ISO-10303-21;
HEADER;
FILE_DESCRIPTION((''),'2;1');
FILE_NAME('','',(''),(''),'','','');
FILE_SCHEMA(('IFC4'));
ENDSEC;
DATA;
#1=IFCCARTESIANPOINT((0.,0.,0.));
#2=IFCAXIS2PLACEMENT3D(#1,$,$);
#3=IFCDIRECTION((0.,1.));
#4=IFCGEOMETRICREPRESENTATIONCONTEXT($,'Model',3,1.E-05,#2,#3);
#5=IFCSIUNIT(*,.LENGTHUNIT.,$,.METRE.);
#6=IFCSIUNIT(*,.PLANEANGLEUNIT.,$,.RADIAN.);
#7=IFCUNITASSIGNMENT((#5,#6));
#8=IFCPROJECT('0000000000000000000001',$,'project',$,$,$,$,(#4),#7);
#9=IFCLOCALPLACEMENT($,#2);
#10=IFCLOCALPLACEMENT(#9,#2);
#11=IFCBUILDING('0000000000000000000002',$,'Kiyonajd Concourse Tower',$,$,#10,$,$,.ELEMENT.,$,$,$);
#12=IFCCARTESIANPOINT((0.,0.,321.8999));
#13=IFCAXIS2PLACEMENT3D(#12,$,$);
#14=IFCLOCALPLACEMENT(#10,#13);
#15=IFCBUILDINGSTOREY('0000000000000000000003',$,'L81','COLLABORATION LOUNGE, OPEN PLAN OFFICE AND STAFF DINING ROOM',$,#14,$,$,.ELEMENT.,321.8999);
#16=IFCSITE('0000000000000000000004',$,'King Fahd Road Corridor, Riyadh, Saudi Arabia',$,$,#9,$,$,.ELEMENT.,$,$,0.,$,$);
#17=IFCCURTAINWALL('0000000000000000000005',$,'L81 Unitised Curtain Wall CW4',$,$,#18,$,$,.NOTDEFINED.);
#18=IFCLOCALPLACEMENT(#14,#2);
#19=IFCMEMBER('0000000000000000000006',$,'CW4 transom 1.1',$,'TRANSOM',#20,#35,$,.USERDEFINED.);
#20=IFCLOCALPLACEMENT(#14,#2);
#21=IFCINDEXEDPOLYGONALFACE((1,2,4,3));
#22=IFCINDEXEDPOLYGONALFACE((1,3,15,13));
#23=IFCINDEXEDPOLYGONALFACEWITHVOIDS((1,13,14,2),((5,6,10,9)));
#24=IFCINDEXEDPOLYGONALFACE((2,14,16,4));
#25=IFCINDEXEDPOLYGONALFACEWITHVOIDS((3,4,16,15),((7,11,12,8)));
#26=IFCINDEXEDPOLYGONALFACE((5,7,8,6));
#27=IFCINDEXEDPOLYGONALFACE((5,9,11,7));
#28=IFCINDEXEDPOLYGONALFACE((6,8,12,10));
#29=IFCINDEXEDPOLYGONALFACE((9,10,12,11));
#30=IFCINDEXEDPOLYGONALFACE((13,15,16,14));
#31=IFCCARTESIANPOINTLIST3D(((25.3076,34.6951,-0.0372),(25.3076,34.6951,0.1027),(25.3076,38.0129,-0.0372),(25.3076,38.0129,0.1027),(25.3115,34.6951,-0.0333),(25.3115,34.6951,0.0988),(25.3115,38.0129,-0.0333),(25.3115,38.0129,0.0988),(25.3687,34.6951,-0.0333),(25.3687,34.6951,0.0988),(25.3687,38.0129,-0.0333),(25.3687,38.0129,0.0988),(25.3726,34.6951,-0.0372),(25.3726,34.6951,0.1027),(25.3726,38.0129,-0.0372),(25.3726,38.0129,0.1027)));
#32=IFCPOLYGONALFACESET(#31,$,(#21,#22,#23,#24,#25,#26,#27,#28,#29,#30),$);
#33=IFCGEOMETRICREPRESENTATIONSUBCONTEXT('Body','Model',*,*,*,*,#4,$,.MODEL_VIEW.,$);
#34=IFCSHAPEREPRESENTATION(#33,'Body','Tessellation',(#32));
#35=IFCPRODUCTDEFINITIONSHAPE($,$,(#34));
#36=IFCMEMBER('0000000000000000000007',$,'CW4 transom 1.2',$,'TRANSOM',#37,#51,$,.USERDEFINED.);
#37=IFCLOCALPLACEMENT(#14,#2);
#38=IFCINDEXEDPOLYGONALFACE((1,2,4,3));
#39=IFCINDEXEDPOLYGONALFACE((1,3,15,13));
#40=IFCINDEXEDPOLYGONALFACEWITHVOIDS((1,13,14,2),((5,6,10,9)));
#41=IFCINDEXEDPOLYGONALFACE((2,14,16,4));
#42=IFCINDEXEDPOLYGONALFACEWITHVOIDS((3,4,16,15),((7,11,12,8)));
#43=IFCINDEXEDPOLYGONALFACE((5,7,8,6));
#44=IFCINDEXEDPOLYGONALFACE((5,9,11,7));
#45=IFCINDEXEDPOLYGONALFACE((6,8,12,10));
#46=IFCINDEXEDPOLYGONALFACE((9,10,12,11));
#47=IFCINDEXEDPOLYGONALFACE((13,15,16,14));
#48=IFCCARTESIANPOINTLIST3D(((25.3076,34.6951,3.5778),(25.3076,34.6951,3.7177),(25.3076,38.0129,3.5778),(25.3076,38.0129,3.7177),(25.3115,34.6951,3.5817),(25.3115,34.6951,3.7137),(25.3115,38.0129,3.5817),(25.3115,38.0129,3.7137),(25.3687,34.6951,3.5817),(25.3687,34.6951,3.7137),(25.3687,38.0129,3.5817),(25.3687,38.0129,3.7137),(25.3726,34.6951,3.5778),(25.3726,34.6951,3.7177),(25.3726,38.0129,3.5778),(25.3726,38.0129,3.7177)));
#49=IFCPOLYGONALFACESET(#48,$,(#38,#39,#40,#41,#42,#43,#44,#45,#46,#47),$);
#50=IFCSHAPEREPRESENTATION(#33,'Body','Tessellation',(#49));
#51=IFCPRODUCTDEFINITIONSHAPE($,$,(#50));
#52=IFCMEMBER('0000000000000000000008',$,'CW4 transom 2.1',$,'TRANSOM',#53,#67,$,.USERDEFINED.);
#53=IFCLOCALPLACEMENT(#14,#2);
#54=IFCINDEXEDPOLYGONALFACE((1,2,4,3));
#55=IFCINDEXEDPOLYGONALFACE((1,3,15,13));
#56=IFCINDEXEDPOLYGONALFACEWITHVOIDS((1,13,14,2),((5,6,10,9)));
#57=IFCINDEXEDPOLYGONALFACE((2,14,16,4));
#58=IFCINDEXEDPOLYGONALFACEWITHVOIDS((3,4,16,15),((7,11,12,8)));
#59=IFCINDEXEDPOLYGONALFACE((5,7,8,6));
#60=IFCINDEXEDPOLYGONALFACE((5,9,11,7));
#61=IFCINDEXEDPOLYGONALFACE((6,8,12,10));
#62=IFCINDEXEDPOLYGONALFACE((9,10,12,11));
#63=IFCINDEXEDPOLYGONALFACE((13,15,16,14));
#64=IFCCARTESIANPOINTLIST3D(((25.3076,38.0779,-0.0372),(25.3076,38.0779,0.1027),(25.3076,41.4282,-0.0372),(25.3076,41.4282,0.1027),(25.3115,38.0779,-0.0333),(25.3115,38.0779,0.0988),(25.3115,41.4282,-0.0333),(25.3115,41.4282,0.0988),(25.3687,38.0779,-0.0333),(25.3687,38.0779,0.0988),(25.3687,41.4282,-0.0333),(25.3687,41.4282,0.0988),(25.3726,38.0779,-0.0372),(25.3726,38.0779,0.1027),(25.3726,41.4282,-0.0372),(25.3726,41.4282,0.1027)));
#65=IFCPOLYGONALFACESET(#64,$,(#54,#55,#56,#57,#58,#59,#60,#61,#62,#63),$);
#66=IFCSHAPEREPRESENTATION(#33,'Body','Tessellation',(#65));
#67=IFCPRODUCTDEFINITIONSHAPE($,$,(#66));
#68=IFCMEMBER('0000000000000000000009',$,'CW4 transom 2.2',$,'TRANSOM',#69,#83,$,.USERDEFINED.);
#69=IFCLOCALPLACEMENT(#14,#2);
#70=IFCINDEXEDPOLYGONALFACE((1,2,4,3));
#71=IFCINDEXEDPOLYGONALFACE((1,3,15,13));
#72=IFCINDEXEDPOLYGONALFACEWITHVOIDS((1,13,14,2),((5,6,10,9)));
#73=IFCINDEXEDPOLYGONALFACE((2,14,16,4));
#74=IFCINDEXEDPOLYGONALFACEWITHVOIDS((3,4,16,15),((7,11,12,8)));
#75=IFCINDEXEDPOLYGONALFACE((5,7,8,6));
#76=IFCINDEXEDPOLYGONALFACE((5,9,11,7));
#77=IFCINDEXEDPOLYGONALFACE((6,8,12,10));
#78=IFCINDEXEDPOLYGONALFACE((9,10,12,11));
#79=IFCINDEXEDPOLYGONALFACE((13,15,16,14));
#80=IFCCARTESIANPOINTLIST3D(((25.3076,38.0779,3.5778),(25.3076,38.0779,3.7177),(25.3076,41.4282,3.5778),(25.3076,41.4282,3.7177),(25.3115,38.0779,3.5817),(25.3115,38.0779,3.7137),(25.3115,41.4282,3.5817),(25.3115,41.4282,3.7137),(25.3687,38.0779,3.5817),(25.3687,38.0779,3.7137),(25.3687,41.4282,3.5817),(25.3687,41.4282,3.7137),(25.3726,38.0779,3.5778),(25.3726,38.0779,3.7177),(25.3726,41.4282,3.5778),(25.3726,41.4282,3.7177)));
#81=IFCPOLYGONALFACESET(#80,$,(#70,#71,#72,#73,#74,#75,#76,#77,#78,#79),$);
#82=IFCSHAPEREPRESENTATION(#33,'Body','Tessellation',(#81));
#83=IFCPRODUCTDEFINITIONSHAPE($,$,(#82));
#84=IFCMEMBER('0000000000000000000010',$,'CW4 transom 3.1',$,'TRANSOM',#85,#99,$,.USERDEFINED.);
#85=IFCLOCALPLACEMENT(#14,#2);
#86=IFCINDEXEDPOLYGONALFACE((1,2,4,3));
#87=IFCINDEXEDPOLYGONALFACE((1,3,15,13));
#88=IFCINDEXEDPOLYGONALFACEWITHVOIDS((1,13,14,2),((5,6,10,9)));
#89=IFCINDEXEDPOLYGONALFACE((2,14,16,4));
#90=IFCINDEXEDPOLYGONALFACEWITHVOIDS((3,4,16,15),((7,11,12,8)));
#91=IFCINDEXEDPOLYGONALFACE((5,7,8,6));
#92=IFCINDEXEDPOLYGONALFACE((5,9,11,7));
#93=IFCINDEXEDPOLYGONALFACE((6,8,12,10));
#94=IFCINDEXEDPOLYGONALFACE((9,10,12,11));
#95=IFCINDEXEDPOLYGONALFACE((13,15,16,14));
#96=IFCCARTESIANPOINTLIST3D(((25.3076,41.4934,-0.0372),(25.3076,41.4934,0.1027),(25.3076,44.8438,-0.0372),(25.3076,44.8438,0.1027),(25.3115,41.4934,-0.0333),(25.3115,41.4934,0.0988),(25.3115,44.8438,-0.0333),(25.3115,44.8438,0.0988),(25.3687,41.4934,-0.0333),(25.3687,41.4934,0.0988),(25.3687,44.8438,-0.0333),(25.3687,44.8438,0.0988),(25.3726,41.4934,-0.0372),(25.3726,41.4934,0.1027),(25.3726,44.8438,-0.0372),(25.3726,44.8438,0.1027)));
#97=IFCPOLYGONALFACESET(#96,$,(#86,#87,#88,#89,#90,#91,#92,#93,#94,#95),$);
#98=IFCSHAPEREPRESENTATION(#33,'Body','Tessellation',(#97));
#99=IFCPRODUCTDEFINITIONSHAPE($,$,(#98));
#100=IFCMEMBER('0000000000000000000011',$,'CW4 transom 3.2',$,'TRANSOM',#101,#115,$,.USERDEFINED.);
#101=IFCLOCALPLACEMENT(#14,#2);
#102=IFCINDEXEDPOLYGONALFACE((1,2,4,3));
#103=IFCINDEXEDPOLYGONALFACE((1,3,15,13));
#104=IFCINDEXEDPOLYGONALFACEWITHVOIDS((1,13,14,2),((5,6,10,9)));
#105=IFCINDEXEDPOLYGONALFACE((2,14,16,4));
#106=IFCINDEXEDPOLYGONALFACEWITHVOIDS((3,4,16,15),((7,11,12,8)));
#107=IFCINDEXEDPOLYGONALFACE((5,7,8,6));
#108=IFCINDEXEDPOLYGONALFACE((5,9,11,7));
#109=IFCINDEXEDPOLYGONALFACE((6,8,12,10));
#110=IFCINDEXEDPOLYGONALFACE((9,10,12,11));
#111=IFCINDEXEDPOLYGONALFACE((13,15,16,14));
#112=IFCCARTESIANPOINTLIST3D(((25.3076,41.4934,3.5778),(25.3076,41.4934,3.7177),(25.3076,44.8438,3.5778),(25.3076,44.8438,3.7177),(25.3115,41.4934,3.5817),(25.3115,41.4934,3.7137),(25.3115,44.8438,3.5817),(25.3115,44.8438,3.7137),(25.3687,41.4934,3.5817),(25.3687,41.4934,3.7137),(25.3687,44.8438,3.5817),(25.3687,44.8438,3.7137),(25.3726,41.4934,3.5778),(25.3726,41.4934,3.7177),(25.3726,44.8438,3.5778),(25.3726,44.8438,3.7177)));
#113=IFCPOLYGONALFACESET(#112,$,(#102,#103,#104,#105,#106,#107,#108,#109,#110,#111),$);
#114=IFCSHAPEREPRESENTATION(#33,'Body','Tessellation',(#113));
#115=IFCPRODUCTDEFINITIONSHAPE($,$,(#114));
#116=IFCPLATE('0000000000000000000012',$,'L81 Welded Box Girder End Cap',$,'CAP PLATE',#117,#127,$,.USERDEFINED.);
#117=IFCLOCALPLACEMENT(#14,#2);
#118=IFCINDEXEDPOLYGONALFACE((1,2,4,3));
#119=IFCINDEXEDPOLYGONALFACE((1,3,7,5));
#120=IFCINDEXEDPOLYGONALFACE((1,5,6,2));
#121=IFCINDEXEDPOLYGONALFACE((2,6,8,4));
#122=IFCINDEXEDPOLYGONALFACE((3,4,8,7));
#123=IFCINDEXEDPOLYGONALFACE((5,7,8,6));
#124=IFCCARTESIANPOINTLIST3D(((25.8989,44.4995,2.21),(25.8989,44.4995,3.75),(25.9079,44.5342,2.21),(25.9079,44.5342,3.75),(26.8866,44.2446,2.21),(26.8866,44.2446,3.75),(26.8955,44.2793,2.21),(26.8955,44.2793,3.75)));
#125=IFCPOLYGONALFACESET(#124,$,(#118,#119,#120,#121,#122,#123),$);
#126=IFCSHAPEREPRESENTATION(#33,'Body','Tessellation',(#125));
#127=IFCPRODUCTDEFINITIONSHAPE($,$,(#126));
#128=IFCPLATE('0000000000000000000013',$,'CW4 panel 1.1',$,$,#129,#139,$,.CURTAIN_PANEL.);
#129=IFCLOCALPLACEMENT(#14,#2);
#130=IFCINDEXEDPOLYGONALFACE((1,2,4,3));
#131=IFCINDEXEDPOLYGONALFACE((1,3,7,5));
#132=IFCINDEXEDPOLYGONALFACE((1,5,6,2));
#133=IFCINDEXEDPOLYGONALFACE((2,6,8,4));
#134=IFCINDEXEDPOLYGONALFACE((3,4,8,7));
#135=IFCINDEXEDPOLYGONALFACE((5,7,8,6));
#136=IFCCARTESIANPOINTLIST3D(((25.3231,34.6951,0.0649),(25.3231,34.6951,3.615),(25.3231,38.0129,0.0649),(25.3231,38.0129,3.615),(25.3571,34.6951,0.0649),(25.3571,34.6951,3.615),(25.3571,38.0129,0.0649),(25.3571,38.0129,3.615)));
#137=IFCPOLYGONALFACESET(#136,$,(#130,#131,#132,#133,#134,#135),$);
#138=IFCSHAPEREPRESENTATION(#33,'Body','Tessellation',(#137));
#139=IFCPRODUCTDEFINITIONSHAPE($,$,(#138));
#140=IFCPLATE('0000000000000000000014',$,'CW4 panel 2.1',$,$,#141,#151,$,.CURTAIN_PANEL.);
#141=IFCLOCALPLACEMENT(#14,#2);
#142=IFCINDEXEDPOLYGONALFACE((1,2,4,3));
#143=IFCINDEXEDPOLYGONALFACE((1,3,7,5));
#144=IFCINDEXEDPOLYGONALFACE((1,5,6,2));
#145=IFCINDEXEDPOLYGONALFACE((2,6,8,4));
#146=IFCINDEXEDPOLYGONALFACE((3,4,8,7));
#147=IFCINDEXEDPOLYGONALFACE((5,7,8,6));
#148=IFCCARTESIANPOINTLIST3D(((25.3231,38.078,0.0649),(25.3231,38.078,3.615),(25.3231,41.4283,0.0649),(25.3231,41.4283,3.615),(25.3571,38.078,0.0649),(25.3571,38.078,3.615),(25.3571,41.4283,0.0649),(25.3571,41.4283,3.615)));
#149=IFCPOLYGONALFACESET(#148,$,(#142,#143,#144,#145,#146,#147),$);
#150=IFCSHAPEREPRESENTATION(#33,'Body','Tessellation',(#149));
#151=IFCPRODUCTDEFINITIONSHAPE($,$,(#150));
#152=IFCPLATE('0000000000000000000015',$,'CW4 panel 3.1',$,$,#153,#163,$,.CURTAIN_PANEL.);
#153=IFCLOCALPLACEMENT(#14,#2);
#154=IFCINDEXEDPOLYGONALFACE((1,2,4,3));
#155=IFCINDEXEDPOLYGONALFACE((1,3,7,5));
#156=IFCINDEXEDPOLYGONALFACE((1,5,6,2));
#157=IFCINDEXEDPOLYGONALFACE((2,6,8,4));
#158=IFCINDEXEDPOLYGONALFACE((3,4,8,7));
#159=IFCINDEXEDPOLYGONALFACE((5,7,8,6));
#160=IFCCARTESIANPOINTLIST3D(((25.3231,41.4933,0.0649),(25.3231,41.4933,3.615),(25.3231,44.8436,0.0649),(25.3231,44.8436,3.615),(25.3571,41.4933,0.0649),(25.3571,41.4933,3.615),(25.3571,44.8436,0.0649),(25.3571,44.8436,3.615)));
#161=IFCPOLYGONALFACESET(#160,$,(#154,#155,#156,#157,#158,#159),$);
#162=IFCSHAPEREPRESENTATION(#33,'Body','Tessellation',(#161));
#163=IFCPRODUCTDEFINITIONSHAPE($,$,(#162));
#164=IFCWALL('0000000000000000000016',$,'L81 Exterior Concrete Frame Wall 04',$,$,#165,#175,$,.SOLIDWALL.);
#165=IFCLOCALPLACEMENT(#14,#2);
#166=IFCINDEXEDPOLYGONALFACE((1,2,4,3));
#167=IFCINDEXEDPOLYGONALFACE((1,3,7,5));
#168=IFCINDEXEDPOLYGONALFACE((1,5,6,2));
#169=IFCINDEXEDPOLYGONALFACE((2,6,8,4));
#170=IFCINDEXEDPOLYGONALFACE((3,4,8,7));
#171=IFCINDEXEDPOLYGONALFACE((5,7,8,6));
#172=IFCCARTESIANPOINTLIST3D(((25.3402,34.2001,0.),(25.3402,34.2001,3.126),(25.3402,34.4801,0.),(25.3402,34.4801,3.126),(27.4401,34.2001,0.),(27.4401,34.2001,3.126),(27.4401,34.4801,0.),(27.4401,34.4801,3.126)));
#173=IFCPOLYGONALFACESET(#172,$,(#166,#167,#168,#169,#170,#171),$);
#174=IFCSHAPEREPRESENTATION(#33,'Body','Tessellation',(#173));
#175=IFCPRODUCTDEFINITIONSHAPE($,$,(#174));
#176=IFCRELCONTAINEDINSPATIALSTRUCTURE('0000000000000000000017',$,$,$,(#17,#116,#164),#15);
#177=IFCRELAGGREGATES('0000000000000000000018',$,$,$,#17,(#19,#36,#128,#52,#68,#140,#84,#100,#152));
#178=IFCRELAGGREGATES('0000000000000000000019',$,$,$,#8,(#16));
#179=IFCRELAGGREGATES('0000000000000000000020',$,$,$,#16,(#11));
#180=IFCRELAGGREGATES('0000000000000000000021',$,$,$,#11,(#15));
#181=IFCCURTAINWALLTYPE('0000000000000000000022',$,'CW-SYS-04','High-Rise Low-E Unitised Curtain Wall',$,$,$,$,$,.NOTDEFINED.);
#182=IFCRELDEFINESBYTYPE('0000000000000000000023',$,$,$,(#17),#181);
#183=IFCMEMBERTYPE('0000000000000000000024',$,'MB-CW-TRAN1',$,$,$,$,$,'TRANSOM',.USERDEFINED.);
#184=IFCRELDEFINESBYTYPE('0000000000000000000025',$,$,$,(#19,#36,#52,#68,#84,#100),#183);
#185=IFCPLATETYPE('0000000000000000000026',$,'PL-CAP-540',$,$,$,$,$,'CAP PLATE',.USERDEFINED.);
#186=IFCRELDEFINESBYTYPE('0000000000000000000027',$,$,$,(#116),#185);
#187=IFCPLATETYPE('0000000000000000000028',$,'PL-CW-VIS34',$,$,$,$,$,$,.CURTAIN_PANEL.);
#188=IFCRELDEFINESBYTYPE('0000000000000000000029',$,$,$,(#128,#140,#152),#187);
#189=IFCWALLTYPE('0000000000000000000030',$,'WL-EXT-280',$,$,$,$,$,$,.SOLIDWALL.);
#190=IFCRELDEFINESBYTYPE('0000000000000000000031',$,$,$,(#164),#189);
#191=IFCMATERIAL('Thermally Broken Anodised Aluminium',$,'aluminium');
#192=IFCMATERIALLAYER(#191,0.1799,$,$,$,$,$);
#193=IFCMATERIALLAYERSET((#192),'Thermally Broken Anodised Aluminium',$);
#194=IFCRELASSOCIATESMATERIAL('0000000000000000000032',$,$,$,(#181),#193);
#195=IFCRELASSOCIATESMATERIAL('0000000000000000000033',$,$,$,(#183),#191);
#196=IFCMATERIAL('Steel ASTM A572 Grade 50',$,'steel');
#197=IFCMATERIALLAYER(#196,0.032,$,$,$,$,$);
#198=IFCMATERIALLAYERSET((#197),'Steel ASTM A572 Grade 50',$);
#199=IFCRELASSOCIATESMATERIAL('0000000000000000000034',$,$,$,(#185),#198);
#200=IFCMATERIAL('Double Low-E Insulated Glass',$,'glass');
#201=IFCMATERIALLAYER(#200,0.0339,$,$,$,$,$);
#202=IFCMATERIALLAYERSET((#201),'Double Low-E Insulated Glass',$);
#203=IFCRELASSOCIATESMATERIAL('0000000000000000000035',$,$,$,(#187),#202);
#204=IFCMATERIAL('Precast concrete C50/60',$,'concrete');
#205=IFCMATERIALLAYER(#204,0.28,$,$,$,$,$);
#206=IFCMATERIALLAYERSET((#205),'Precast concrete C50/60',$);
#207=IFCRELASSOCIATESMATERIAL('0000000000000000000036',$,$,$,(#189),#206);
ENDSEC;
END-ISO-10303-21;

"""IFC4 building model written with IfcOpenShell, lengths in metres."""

from ifc_helpers import new_model, si_unit, direction, frame, frame_2d, origin, origin_2d, place, context, subcontext, project, spatial, rectangle, hollow_rectangle, extrude, material, layer, layer_set, material_profile, profile_set, type_object, element, aggregate, save


model = new_model("IFC4")

# Units and contexts
model_context = context("Model", 3, precision=1e-05, world=origin(), true_north=direction((0.0, 1.0)))
body_context = subcontext(model_context, "Body", "Model", "MODEL_VIEW")
ifc_project = project(units=[si_unit("LENGTHUNIT", "METRE"), si_unit("PLANEANGLEUNIT", "RADIAN")], contexts=[model_context])

# Site, building, storey
site_placement = place(None, origin())
site = spatial("IfcSite", under=ifc_project, at=site_placement, Name="King Fahd Road Corridor, Riyadh, Saudi Arabia", CompositionType="ELEMENT", RefElevation=0.0)
building_placement = place(site_placement, origin())
building = spatial("IfcBuilding", under=site, at=building_placement, Name="Kiyonajd Concourse Tower", CompositionType="ELEMENT")
storey_placement = place(building_placement, frame((0.0, 0.0, 321.8999)))
storey = spatial("IfcBuildingStorey", under=building, at=storey_placement, Name="L81", Description="COLLABORATION LOUNGE, OPEN PLAN OFFICE AND STAFF DINING ROOM", CompositionType="ELEMENT", Elevation=321.8999)

# Curtain wall, members
ifc_material_1 = material(Name="Thermally Broken Anodised Aluminium", Category="aluminium")
ifc_layer_1 = layer(ifc_material_1, 0.1799)
ifc_layer_set_1 = layer_set([ifc_layer_1], Name="Thermally Broken Anodised Aluminium")
curtain_wall_type = type_object("IfcCurtainWallType", Name="CW-SYS-04", Description="High-Rise Low-E Unitised Curtain Wall", PredefinedType="NOTDEFINED", material=ifc_layer_set_1)
curtain_wall_placement = place(storey_placement, origin())
curtain_wall = element("IfcCurtainWall", 1, at=curtain_wall_placement, inside=storey, type_object=curtain_wall_type, Name="L81 Unitised Curtain Wall CW4", PredefinedType="NOTDEFINED")
ifc_material_profile_1 = material_profile(ifc_material_1, hollow_rectangle(XDim=0.0649, YDim=0.1399, WallThickness=0.0039, at=origin_2d()), Name="TRAN-65x140")
ifc_profile_set_1 = profile_set([ifc_material_profile_1], Name="Thermally Broken Anodised Aluminium")
member_type_1 = type_object("IfcMemberType", Name="MB-CW-TRAN1", ElementType="TRANSOM", PredefinedType="USERDEFINED", material=ifc_profile_set_1)
member_1_placement = place(storey_placement, frame((25.3401, 34.6951, 0.0327), z_axis=(0.0, 1.0, 0.0), x_axis=(-1.0, 0.0, 0.0)))
member_1 = element("IfcMember", 2, at=member_1_placement, type_object=member_type_1, Name="CW4 transom 1.1", ObjectType="TRANSOM", PredefinedType="USERDEFINED", context=body_context, shape_type="SweptSolid", body=[
    extrude(hollow_rectangle(XDim=0.0649, YDim=0.1399, WallThickness=0.0039, at=origin_2d()), origin(), (0.0, 0.0, 1.0), 3.3179),
])
member_2_placement = place(storey_placement, frame((25.3401, 34.6951, 3.6477), z_axis=(0.0, 1.0, 0.0), x_axis=(-1.0, 0.0, 0.0)))
member_2 = element("IfcMember", 3, at=member_2_placement, type_object=member_type_1, Name="CW4 transom 1.2", ObjectType="TRANSOM", PredefinedType="USERDEFINED", context=body_context, shape_type="SweptSolid", body=[
    extrude(hollow_rectangle(XDim=0.0649, YDim=0.1399, WallThickness=0.0039, at=origin_2d()), origin(), (0.0, 0.0, 1.0), 3.3179),
])
member_3_placement = place(storey_placement, frame((25.3401, 38.0779, 0.0327), z_axis=(0.0, 1.0, 0.0), x_axis=(-1.0, 0.0, 0.0)))
member_3 = element("IfcMember", 4, at=member_3_placement, type_object=member_type_1, Name="CW4 transom 2.1", ObjectType="TRANSOM", PredefinedType="USERDEFINED", context=body_context, shape_type="SweptSolid", body=[
    extrude(hollow_rectangle(XDim=0.0649, YDim=0.1399, WallThickness=0.0039, at=origin_2d()), origin(), (0.0, 0.0, 1.0), 3.3503),
])
member_4_placement = place(storey_placement, frame((25.3401, 38.0779, 3.6477), z_axis=(0.0, 1.0, 0.0), x_axis=(-1.0, 0.0, 0.0)))
member_4 = element("IfcMember", 5, at=member_4_placement, type_object=member_type_1, Name="CW4 transom 2.2", ObjectType="TRANSOM", PredefinedType="USERDEFINED", context=body_context, shape_type="SweptSolid", body=[
    extrude(hollow_rectangle(XDim=0.0649, YDim=0.1399, WallThickness=0.0039, at=origin_2d()), origin(), (0.0, 0.0, 1.0), 3.3503),
])
member_5_placement = place(storey_placement, frame((25.3401, 41.4934, 0.0327), z_axis=(0.0, 1.0, 0.0), x_axis=(-1.0, 0.0, 0.0)))
member_5 = element("IfcMember", 6, at=member_5_placement, type_object=member_type_1, Name="CW4 transom 3.1", ObjectType="TRANSOM", PredefinedType="USERDEFINED", context=body_context, shape_type="SweptSolid", body=[
    extrude(hollow_rectangle(XDim=0.0649, YDim=0.1399, WallThickness=0.0039, at=origin_2d()), origin(), (0.0, 0.0, 1.0), 3.3503),
])
member_6_placement = place(storey_placement, frame((25.3401, 41.4934, 3.6477), z_axis=(0.0, 1.0, 0.0), x_axis=(-1.0, 0.0, 0.0)))
member_6 = element("IfcMember", 7, at=member_6_placement, type_object=member_type_1, Name="CW4 transom 3.2", ObjectType="TRANSOM", PredefinedType="USERDEFINED", context=body_context, shape_type="SweptSolid", body=[
    extrude(hollow_rectangle(XDim=0.0649, YDim=0.1399, WallThickness=0.0039, at=origin_2d()), origin(), (0.0, 0.0, 1.0), 3.3503),
])

# Plates
ifc_material_2 = material(Name="Steel ASTM A572 Grade 50", Category="steel")
ifc_layer_2 = layer(ifc_material_2, 0.032)
ifc_layer_set_2 = layer_set([ifc_layer_2], Name="Steel ASTM A572 Grade 50")
plate_type_1 = type_object("IfcPlateType", Name="PL-CAP-540", ElementType="CAP PLATE", PredefinedType="USERDEFINED", material=ifc_layer_set_2)
plate_1_placement = place(storey_placement, frame((26.3972, 44.3894, 2.21), z_axis=(0.0, 0.0, 1.0), x_axis=(-0.249873, -0.968279, 0.0)))
element("IfcPlate", 8, at=plate_1_placement, inside=storey, type_object=plate_type_1, Name="L81 Welded Box Girder End Cap", ObjectType="CAP PLATE", PredefinedType="USERDEFINED", context=body_context, shape_type="SweptSolid", body=[
    extrude(rectangle(XDim=0.0359, YDim=1.02, at=origin_2d()), origin(), (0.0, 0.0, 1.0), 1.54),
])
ifc_material_3 = material(Name="Double Low-E Insulated Glass", Category="glass")
ifc_layer_3 = layer(ifc_material_3, 0.0339)
ifc_layer_set_3 = layer_set([ifc_layer_3], Name="Double Low-E Insulated Glass")
plate_type_2 = type_object("IfcPlateType", Name="PL-CW-VIS34", PredefinedType="CURTAIN_PANEL", material=ifc_layer_set_3)
plate_2_placement = place(storey_placement, frame((25.3401, 36.354, 0.0649), z_axis=(0.0, 0.0, 1.0), x_axis=(0.0, 1.0, 0.0)))
plate_2 = element("IfcPlate", 9, at=plate_2_placement, type_object=plate_type_2, Name="CW4 panel 1.1", PredefinedType="CURTAIN_PANEL", context=body_context, shape_type="SweptSolid", body=[
    extrude(rectangle(XDim=3.3179, YDim=0.0339, at=origin_2d()), origin(), (0.0, 0.0, 1.0), 3.55),
])
plate_3_placement = place(storey_placement, frame((25.3401, 39.7532, 0.0649), z_axis=(0.0, 0.0, 1.0), x_axis=(0.0, 1.0, 0.0)))
plate_3 = element("IfcPlate", 10, at=plate_3_placement, type_object=plate_type_2, Name="CW4 panel 2.1", PredefinedType="CURTAIN_PANEL", context=body_context, shape_type="SweptSolid", body=[
    extrude(rectangle(XDim=3.3503, YDim=0.0339, at=origin_2d()), origin(), (0.0, 0.0, 1.0), 3.55),
])
plate_4_placement = place(storey_placement, frame((25.3401, 43.1685, 0.0649), z_axis=(0.0, 0.0, 1.0), x_axis=(0.0, 1.0, 0.0)))
plate_4 = element("IfcPlate", 11, at=plate_4_placement, type_object=plate_type_2, Name="CW4 panel 3.1", PredefinedType="CURTAIN_PANEL", context=body_context, shape_type="SweptSolid", body=[
    extrude(rectangle(XDim=3.3503, YDim=0.0339, at=origin_2d()), origin(), (0.0, 0.0, 1.0), 3.55),
])
aggregate(curtain_wall, [member_1, member_2, plate_2, member_3, member_4, plate_3, member_5, member_6, plate_4])

# Wall
ifc_material_4 = material(Name="Precast concrete C50/60", Category="concrete")
ifc_layer_4 = layer(ifc_material_4, 0.28)
ifc_layer_set_4 = layer_set([ifc_layer_4], Name="Precast concrete C50/60")
wall_type = type_object("IfcWallType", Name="WL-EXT-280", PredefinedType="SOLIDWALL", material=ifc_layer_set_4)
wall_placement = place(storey_placement, frame((27.4399, 34.3401, 0.0), z_axis=(0.0, 0.0, 1.0), x_axis=(-1.0, 0.0, 0.0)))
element("IfcWall", 12, at=wall_placement, inside=storey, type_object=wall_type, Name="L81 Exterior Concrete Frame Wall 04", PredefinedType="SOLIDWALL", context=body_context, shape_type="SweptSolid", body=[
    extrude(rectangle(XDim=2.0999, YDim=0.28, at=frame_2d((1.0498, 0.0))), origin(), (0.0, 0.0, 1.0), 3.126),
])

save(model, "model.ifc")
